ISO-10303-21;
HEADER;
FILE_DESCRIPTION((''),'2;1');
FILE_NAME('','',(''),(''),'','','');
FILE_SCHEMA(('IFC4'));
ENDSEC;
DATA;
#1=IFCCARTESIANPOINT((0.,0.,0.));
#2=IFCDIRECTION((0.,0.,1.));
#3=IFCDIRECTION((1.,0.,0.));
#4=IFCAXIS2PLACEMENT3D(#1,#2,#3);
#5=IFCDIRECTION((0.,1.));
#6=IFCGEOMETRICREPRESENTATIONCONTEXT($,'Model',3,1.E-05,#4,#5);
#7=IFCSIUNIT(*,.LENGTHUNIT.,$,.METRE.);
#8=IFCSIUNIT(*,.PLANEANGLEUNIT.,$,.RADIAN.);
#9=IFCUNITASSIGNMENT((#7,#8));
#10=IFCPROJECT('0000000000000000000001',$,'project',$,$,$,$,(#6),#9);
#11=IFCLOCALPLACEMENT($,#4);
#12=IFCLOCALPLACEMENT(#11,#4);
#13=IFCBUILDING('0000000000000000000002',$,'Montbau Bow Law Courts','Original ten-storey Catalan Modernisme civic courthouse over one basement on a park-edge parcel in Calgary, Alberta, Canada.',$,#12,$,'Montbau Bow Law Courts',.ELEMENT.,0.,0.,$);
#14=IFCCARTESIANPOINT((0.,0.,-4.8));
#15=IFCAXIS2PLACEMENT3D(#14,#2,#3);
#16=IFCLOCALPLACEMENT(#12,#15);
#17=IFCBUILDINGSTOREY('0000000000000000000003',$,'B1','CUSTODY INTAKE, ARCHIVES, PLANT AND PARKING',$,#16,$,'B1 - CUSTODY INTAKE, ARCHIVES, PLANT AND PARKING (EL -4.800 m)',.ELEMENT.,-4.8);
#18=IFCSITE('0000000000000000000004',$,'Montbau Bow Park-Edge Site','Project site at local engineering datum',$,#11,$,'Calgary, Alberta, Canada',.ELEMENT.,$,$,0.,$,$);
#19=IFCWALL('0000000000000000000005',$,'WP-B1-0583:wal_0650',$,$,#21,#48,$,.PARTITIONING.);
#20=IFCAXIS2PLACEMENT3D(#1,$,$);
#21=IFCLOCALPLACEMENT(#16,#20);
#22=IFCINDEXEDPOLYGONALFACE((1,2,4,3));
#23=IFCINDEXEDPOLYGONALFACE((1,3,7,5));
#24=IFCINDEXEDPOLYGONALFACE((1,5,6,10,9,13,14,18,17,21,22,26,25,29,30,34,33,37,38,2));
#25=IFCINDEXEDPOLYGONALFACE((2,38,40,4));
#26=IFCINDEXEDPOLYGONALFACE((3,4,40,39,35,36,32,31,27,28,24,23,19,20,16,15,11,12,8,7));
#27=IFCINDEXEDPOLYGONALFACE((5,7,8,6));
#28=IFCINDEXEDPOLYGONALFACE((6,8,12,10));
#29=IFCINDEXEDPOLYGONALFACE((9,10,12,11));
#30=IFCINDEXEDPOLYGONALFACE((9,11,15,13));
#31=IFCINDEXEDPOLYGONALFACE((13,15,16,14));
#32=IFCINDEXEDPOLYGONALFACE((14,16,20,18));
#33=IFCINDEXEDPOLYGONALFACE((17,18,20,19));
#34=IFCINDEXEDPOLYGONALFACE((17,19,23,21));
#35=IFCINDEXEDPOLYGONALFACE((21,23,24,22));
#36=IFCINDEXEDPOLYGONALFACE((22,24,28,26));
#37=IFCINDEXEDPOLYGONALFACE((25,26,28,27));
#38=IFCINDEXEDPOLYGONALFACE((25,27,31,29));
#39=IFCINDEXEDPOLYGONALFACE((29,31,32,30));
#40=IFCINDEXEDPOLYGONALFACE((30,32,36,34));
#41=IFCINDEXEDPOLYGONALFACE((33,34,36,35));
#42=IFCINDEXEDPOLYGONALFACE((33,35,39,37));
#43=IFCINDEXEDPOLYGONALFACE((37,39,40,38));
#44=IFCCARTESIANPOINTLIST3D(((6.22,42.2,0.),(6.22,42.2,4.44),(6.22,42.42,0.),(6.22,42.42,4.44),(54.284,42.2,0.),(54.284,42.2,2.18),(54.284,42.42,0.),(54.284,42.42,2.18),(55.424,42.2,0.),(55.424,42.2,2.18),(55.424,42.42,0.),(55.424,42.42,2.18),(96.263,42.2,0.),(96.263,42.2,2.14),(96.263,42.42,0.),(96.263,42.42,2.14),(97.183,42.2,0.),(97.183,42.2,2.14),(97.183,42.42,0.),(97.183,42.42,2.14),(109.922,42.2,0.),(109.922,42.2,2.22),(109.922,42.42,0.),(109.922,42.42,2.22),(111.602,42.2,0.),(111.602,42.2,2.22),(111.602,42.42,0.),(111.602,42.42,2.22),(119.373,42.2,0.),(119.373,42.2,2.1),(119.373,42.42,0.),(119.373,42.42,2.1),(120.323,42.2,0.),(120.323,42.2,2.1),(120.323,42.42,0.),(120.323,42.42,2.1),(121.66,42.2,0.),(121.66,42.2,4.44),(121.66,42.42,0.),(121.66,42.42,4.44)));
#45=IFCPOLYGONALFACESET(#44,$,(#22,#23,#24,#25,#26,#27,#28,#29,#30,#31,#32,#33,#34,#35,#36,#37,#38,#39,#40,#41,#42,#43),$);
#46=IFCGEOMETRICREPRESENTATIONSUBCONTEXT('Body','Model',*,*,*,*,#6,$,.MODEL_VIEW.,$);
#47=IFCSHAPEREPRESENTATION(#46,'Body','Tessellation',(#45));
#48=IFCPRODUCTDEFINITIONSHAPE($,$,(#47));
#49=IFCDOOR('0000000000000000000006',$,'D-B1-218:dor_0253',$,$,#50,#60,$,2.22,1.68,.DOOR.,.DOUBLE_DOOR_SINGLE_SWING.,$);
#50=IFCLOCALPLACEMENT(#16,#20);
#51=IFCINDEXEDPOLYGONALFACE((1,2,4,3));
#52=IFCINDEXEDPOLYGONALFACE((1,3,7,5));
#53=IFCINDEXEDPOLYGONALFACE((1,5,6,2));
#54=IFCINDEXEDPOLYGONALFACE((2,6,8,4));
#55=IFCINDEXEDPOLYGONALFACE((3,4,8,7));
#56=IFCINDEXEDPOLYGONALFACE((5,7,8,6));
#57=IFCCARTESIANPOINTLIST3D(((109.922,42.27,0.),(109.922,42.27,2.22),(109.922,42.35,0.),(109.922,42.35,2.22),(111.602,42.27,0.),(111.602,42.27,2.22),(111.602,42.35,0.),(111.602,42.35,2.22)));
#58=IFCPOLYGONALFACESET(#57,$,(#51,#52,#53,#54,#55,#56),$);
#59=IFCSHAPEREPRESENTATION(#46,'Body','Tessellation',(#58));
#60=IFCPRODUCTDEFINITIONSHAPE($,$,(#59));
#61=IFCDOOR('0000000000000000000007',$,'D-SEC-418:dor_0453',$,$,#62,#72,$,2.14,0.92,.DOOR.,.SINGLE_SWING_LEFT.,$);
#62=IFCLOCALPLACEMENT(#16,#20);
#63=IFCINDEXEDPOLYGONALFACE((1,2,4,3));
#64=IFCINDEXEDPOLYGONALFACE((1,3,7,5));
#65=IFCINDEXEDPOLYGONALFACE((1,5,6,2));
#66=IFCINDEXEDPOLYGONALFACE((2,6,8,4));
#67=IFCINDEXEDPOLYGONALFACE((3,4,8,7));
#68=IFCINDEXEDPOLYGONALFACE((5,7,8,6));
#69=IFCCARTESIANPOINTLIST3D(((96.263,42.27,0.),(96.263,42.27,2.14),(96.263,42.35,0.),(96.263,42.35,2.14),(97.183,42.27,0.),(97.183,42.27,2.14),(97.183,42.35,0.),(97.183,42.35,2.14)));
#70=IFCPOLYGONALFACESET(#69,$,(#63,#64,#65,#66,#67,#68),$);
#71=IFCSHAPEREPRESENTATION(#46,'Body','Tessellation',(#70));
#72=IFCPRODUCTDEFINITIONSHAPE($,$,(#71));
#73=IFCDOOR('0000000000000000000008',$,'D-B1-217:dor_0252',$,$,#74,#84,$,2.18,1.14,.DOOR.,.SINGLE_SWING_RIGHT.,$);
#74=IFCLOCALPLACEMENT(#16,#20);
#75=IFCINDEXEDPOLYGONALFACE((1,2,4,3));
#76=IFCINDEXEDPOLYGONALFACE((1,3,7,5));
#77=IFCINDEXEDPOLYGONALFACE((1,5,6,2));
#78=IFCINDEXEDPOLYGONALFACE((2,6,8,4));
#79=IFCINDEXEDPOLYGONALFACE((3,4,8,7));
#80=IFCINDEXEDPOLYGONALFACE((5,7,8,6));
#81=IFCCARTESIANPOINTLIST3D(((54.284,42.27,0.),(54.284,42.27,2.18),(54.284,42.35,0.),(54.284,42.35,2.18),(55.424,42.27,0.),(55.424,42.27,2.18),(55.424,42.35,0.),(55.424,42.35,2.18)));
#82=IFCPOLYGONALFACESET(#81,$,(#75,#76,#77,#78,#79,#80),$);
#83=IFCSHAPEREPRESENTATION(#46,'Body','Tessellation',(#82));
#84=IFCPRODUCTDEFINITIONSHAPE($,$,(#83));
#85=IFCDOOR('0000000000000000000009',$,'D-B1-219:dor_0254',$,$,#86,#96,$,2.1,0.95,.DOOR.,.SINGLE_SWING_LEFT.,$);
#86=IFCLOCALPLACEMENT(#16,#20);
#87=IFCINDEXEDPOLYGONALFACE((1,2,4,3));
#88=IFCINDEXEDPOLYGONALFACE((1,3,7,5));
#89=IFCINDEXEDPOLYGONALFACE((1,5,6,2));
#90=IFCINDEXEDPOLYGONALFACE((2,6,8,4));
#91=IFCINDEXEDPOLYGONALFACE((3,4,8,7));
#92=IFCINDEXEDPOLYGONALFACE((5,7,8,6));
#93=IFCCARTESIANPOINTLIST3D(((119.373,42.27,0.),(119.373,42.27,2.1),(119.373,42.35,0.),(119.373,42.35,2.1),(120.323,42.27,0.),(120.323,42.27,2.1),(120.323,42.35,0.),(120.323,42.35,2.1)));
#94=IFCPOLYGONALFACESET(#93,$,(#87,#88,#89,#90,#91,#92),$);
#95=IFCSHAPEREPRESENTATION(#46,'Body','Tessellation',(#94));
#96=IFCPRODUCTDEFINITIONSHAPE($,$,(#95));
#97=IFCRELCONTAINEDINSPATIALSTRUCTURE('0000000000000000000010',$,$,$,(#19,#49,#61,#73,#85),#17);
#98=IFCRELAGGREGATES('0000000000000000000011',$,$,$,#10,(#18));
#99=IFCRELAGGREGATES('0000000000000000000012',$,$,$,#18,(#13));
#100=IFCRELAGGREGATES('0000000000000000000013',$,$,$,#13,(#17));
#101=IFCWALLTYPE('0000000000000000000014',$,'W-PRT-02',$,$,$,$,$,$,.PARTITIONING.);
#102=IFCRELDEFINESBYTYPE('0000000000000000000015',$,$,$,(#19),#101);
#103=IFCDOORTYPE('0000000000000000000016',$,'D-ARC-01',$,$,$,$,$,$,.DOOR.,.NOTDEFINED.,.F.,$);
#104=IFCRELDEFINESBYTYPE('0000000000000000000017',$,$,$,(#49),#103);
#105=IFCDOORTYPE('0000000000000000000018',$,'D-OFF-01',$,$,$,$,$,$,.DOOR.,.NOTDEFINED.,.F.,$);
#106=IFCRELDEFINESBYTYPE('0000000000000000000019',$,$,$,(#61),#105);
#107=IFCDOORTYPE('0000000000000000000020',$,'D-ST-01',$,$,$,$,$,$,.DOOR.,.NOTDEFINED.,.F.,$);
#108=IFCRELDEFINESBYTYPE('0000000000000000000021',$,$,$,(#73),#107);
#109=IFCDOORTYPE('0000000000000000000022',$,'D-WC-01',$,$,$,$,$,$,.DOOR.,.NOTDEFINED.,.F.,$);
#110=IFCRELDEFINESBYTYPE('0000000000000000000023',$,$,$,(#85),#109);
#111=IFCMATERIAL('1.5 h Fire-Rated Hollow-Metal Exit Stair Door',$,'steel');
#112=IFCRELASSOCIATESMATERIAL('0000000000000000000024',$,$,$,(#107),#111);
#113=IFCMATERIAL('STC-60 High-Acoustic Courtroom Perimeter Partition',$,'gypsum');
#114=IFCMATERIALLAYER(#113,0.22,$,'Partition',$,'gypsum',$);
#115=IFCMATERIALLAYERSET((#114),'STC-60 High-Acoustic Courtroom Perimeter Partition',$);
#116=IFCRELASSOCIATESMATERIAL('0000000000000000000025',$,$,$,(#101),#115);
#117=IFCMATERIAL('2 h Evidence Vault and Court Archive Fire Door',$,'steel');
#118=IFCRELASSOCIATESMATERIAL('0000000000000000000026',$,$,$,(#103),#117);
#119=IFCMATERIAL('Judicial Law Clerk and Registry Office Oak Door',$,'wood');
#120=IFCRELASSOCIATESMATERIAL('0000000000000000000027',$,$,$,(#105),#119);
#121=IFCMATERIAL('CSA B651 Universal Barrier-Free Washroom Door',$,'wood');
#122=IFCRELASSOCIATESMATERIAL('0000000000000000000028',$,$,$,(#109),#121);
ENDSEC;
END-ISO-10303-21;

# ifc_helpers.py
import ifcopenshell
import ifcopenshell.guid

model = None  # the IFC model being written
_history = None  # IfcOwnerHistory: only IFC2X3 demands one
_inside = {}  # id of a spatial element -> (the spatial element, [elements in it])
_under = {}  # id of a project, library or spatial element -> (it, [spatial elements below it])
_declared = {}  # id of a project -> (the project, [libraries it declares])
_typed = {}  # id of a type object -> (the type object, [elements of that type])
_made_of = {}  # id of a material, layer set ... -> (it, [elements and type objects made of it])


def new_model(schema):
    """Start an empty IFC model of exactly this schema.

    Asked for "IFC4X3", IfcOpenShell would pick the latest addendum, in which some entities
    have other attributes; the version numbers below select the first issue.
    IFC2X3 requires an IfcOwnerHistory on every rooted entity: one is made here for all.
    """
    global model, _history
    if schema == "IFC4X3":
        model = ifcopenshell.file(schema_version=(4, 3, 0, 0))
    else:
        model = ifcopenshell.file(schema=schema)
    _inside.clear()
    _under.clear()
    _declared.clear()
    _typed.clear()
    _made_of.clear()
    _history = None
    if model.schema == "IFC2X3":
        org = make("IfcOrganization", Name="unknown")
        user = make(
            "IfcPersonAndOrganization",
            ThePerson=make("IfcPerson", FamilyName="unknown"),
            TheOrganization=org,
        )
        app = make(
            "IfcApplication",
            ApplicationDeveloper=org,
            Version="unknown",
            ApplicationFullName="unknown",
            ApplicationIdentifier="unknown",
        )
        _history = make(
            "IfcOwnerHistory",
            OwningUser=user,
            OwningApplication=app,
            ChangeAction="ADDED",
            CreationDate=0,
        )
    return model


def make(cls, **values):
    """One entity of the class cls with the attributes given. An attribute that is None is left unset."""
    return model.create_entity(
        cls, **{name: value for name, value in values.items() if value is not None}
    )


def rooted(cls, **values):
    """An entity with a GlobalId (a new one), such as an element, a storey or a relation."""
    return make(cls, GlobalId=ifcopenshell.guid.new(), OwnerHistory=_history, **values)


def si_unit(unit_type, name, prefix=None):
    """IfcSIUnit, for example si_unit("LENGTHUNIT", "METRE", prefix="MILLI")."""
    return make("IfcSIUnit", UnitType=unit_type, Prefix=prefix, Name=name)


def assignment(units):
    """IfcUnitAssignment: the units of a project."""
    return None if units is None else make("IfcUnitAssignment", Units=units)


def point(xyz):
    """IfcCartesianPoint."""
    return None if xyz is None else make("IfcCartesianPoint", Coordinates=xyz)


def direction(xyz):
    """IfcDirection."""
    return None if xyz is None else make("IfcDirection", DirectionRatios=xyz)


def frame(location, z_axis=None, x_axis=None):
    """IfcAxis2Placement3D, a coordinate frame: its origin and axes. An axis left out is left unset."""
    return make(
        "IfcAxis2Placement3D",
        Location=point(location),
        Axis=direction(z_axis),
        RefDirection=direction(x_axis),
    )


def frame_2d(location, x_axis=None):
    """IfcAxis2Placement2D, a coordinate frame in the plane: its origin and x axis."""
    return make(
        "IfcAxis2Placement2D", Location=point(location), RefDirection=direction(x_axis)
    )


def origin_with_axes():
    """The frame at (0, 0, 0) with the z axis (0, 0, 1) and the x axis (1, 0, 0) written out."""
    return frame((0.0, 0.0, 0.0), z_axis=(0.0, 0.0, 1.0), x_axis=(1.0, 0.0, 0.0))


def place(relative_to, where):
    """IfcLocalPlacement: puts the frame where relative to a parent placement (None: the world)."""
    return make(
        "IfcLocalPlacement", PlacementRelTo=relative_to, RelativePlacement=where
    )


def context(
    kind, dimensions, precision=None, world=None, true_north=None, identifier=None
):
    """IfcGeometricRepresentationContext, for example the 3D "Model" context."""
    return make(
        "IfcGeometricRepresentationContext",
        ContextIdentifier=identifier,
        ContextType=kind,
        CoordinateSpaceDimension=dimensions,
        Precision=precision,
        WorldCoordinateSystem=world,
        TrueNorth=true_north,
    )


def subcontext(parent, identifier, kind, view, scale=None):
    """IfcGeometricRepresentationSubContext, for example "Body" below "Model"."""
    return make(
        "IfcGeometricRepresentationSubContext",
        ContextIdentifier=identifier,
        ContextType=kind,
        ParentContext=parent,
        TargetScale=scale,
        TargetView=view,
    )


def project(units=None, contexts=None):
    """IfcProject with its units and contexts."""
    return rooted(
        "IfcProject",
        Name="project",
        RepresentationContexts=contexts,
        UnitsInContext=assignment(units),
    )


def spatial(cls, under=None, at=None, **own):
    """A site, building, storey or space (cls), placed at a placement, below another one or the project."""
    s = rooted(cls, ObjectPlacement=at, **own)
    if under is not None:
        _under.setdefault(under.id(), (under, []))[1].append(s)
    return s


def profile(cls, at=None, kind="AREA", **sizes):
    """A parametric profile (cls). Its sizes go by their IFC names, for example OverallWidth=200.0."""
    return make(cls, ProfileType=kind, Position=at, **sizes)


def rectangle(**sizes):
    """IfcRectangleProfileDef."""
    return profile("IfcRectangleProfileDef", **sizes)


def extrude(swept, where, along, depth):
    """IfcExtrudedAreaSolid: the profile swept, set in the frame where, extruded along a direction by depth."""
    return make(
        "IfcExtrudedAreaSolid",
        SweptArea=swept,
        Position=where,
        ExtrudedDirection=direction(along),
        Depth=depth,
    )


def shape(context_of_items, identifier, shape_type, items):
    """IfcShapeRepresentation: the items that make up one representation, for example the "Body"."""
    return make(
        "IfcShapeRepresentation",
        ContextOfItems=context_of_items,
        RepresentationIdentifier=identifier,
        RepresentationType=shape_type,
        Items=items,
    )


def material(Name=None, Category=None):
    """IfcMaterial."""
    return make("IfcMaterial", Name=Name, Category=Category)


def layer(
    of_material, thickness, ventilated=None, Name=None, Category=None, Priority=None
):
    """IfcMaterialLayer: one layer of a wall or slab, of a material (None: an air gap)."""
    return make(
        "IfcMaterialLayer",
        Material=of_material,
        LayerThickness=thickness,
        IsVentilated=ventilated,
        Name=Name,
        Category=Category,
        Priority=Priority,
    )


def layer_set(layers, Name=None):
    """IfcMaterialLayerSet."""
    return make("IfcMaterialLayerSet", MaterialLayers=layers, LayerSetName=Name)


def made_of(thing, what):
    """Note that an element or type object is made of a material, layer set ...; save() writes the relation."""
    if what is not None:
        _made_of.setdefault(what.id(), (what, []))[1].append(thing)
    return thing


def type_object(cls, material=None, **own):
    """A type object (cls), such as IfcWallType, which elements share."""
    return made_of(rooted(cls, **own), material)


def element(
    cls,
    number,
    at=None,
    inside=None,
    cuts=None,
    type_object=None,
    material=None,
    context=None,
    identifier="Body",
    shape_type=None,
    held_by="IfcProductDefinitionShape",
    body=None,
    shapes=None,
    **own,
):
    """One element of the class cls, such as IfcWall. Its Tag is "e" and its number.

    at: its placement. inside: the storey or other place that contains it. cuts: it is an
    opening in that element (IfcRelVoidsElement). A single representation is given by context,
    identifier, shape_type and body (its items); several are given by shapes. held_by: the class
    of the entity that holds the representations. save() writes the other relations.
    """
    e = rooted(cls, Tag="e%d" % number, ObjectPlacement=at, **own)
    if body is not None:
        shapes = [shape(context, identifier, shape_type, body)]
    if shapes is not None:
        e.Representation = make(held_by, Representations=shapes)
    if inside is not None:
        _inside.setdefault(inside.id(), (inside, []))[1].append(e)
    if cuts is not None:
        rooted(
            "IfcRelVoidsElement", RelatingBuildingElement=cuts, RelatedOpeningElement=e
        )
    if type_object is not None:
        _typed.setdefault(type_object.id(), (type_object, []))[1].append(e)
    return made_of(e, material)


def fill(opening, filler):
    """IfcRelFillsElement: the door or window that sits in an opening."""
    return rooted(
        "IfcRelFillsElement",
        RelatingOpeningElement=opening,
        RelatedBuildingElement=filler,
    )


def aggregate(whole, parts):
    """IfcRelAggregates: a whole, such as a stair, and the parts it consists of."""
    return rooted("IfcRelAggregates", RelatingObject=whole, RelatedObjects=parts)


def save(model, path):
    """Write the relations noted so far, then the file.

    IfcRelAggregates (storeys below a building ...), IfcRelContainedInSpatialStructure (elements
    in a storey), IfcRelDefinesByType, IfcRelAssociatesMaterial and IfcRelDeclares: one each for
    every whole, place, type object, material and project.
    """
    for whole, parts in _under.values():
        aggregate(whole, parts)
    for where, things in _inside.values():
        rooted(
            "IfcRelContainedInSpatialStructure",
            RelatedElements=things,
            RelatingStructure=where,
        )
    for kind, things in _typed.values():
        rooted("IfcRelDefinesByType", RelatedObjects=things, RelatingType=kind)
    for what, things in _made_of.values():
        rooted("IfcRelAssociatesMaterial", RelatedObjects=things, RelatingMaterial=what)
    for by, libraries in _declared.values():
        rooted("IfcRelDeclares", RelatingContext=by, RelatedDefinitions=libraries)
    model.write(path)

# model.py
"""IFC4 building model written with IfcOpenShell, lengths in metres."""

from ifc_helpers import new_model, si_unit, direction, frame, frame_2d, origin_with_axes, place, context, subcontext, project, spatial, rectangle, extrude, material, layer, layer_set, type_object, element, fill, save


model = new_model("IFC4")

# Units and contexts
model_context = context("Model", 3, precision=1e-05, world=origin_with_axes(), true_north=direction((0.0, 1.0)))
body_context = subcontext(model_context, "Body", "Model", "MODEL_VIEW")
ifc_project = project(units=[si_unit("LENGTHUNIT", "METRE"), si_unit("PLANEANGLEUNIT", "RADIAN")], contexts=[model_context])

# Site, building, storey
site_placement = place(None, origin_with_axes())
site = spatial("IfcSite", under=ifc_project, at=site_placement, Name="Montbau Bow Park-Edge Site", Description="Project site at local engineering datum", LongName="Calgary, Alberta, Canada", CompositionType="ELEMENT", RefElevation=0.0)
building_placement = place(site_placement, origin_with_axes())
building = spatial("IfcBuilding", under=site, at=building_placement, Name="Montbau Bow Law Courts", Description="Original ten-storey Catalan Modernisme civic courthouse over one basement on a park-edge parcel in Calgary, Alberta, Canada.", LongName="Montbau Bow Law Courts", CompositionType="ELEMENT", ElevationOfRefHeight=0.0, ElevationOfTerrain=0.0)
storey_placement = place(building_placement, frame((0.0, 0.0, -4.8), z_axis=(0.0, 0.0, 1.0), x_axis=(1.0, 0.0, 0.0)))
storey = spatial("IfcBuildingStorey", under=building, at=storey_placement, Name="B1", Description="CUSTODY INTAKE, ARCHIVES, PLANT AND PARKING", LongName="B1 - CUSTODY INTAKE, ARCHIVES, PLANT AND PARKING (EL -4.800 m)", CompositionType="ELEMENT", Elevation=-4.8)

# Shared definitions
ifc_material_1 = material(Name="1.5 h Fire-Rated Hollow-Metal Exit Stair Door", Category="steel")
door_type_1 = type_object("IfcDoorType", Name="D-ST-01", OperationType="NOTDEFINED", ParameterTakesPrecedence=False, PredefinedType="DOOR", material=ifc_material_1)

# Shared definitions
ifc_material_2 = material(Name="STC-60 High-Acoustic Courtroom Perimeter Partition", Category="gypsum")
ifc_layer_1 = layer(ifc_material_2, 0.22, Name="Partition", Category="gypsum")
ifc_layer_set_1 = layer_set([ifc_layer_1], Name="STC-60 High-Acoustic Courtroom Perimeter Partition")
wall_type_1 = type_object("IfcWallType", Name="W-PRT-02", PredefinedType="PARTITIONING", material=ifc_layer_set_1)
ifc_material_3 = material(Name="2 h Evidence Vault and Court Archive Fire Door", Category="steel")
door_type_2 = type_object("IfcDoorType", Name="D-ARC-01", OperationType="NOTDEFINED", ParameterTakesPrecedence=False, PredefinedType="DOOR", material=ifc_material_3)

# Wall, openings, doors
wall_1_placement = place(None, frame((6.22, 42.31, -4.8), z_axis=(0.0, 0.0, 1.0), x_axis=(1.0, 0.0, 0.0)))
wall_1 = element("IfcWall", 1, at=wall_1_placement, inside=storey, type_object=wall_type_1, Name="WP-B1-0583:wal_0650", PredefinedType="PARTITIONING", context=body_context, shape_type="SweptSolid", body=[
    extrude(rectangle(XDim=115.44, YDim=0.22, at=frame_2d((57.72, 0.0), x_axis=(1.0, 0.0))), origin_with_axes(), (0.0, 0.0, 1.0), 4.44),
])
opening_1_placement = place(None, frame((54.854, 42.31, -4.8), z_axis=(0.0, 0.0, 1.0), x_axis=(1.0, 0.0, 0.0)))
opening_1 = element("IfcOpeningElement", 2, at=opening_1_placement, cuts=wall_1, PredefinedType="OPENING", context=body_context, shape_type="SweptSolid", body=[
    extrude(rectangle(XDim=1.14, YDim=2.18, at=frame_2d((0.0, 1.09), x_axis=(1.0, 0.0))), frame((0.0, 0.12, 0.0), z_axis=(0.0, -1.0, 0.0), x_axis=(1.0, 0.0, 0.0)), (0.0, 0.0, 1.0), 0.24),
])
opening_2_placement = place(None, frame((110.762, 42.31, -4.8), z_axis=(0.0, 0.0, 1.0), x_axis=(1.0, 0.0, 0.0)))
opening_2 = element("IfcOpeningElement", 3, at=opening_2_placement, cuts=wall_1, PredefinedType="OPENING", context=body_context, shape_type="SweptSolid", body=[
    extrude(rectangle(XDim=1.68, YDim=2.22, at=frame_2d((0.0, 1.11), x_axis=(1.0, 0.0))), frame((0.0, 0.12, 0.0), z_axis=(0.0, -1.0, 0.0), x_axis=(1.0, 0.0, 0.0)), (0.0, 0.0, 1.0), 0.24),
])
opening_3_placement = place(None, frame((119.848, 42.31, -4.8), z_axis=(0.0, 0.0, 1.0), x_axis=(1.0, 0.0, 0.0)))
opening_3 = element("IfcOpeningElement", 4, at=opening_3_placement, cuts=wall_1, PredefinedType="OPENING", context=body_context, shape_type="SweptSolid", body=[
    extrude(rectangle(XDim=0.95, YDim=2.1, at=frame_2d((0.0, 1.05), x_axis=(1.0, 0.0))), frame((0.0, 0.12, 0.0), z_axis=(0.0, -1.0, 0.0), x_axis=(1.0, 0.0, 0.0)), (0.0, 0.0, 1.0), 0.24),
])
opening_4_placement = place(None, frame((96.723, 42.31, -4.8), z_axis=(0.0, 0.0, 1.0), x_axis=(1.0, 0.0, 0.0)))
opening_4 = element("IfcOpeningElement", 5, at=opening_4_placement, cuts=wall_1, PredefinedType="OPENING", context=body_context, shape_type="SweptSolid", body=[
    extrude(rectangle(XDim=0.92, YDim=2.14, at=frame_2d((0.0, 1.07), x_axis=(1.0, 0.0))), frame((0.0, 0.12, 0.0), z_axis=(0.0, -1.0, 0.0), x_axis=(1.0, 0.0, 0.0)), (0.0, 0.0, 1.0), 0.24),
])
door_1_placement = place(None, frame((110.762, 42.31, -4.8), z_axis=(0.0, 0.0, 1.0), x_axis=(1.0, 0.0, 0.0)))
door_1 = element("IfcDoor", 6, at=door_1_placement, inside=storey, type_object=door_type_2, Name="D-B1-218:dor_0253", OperationType="DOUBLE_DOOR_SINGLE_SWING", OverallHeight=2.22, OverallWidth=1.68, PredefinedType="DOOR", context=body_context, shape_type="SweptSolid", body=[
    extrude(rectangle(XDim=1.68, YDim=2.22, at=frame_2d((0.0, 1.11), x_axis=(1.0, 0.0))), frame((0.0, 0.04, 0.0), z_axis=(0.0, -1.0, 0.0), x_axis=(1.0, 0.0, 0.0)), (0.0, 0.0, 1.0), 0.08),
])
fill(opening_2, door_1)
ifc_material_4 = material(Name="Judicial Law Clerk and Registry Office Oak Door", Category="wood")
door_type_3 = type_object("IfcDoorType", Name="D-OFF-01", OperationType="NOTDEFINED", ParameterTakesPrecedence=False, PredefinedType="DOOR", material=ifc_material_4)
door_2_placement = place(None, frame((96.723, 42.31, -4.8), z_axis=(0.0, 0.0, 1.0), x_axis=(1.0, 0.0, 0.0)))
door_2 = element("IfcDoor", 7, at=door_2_placement, inside=storey, type_object=door_type_3, Name="D-SEC-418:dor_0453", OperationType="SINGLE_SWING_LEFT", OverallHeight=2.14, OverallWidth=0.92, PredefinedType="DOOR", context=body_context, shape_type="SweptSolid", body=[
    extrude(rectangle(XDim=0.92, YDim=2.14, at=frame_2d((0.0, 1.07), x_axis=(1.0, 0.0))), frame((0.0, 0.04, 0.0), z_axis=(0.0, -1.0, 0.0), x_axis=(1.0, 0.0, 0.0)), (0.0, 0.0, 1.0), 0.08),
])
fill(opening_4, door_2)
door_3_placement = place(None, frame((54.854, 42.31, -4.8), z_axis=(0.0, 0.0, 1.0), x_axis=(1.0, 0.0, 0.0)))
door_3 = element("IfcDoor", 8, at=door_3_placement, inside=storey, type_object=door_type_1, Name="D-B1-217:dor_0252", OperationType="SINGLE_SWING_RIGHT", OverallHeight=2.18, OverallWidth=1.14, PredefinedType="DOOR", context=body_context, shape_type="SweptSolid", body=[
    extrude(rectangle(XDim=1.14, YDim=2.18, at=frame_2d((0.0, 1.09), x_axis=(1.0, 0.0))), frame((0.0, 0.04, 0.0), z_axis=(0.0, -1.0, 0.0), x_axis=(1.0, 0.0, 0.0)), (0.0, 0.0, 1.0), 0.08),
])
fill(opening_1, door_3)
ifc_material_5 = material(Name="CSA B651 Universal Barrier-Free Washroom Door", Category="wood")
door_type_4 = type_object("IfcDoorType", Name="D-WC-01", OperationType="NOTDEFINED", ParameterTakesPrecedence=False, PredefinedType="DOOR", material=ifc_material_5)
door_4_placement = place(None, frame((119.848, 42.31, -4.8), z_axis=(0.0, 0.0, 1.0), x_axis=(1.0, 0.0, 0.0)))
door_4 = element("IfcDoor", 9, at=door_4_placement, inside=storey, type_object=door_type_4, Name="D-B1-219:dor_0254", OperationType="SINGLE_SWING_LEFT", OverallHeight=2.1, OverallWidth=0.95, PredefinedType="DOOR", context=body_context, shape_type="SweptSolid", body=[
    extrude(rectangle(XDim=0.95, YDim=2.1, at=frame_2d((0.0, 1.05), x_axis=(1.0, 0.0))), frame((0.0, 0.04, 0.0), z_axis=(0.0, -1.0, 0.0), x_axis=(1.0, 0.0, 0.0)), (0.0, 0.0, 1.0), 0.08),
])
fill(opening_3, door_4)

save(model, "model.ifc")
